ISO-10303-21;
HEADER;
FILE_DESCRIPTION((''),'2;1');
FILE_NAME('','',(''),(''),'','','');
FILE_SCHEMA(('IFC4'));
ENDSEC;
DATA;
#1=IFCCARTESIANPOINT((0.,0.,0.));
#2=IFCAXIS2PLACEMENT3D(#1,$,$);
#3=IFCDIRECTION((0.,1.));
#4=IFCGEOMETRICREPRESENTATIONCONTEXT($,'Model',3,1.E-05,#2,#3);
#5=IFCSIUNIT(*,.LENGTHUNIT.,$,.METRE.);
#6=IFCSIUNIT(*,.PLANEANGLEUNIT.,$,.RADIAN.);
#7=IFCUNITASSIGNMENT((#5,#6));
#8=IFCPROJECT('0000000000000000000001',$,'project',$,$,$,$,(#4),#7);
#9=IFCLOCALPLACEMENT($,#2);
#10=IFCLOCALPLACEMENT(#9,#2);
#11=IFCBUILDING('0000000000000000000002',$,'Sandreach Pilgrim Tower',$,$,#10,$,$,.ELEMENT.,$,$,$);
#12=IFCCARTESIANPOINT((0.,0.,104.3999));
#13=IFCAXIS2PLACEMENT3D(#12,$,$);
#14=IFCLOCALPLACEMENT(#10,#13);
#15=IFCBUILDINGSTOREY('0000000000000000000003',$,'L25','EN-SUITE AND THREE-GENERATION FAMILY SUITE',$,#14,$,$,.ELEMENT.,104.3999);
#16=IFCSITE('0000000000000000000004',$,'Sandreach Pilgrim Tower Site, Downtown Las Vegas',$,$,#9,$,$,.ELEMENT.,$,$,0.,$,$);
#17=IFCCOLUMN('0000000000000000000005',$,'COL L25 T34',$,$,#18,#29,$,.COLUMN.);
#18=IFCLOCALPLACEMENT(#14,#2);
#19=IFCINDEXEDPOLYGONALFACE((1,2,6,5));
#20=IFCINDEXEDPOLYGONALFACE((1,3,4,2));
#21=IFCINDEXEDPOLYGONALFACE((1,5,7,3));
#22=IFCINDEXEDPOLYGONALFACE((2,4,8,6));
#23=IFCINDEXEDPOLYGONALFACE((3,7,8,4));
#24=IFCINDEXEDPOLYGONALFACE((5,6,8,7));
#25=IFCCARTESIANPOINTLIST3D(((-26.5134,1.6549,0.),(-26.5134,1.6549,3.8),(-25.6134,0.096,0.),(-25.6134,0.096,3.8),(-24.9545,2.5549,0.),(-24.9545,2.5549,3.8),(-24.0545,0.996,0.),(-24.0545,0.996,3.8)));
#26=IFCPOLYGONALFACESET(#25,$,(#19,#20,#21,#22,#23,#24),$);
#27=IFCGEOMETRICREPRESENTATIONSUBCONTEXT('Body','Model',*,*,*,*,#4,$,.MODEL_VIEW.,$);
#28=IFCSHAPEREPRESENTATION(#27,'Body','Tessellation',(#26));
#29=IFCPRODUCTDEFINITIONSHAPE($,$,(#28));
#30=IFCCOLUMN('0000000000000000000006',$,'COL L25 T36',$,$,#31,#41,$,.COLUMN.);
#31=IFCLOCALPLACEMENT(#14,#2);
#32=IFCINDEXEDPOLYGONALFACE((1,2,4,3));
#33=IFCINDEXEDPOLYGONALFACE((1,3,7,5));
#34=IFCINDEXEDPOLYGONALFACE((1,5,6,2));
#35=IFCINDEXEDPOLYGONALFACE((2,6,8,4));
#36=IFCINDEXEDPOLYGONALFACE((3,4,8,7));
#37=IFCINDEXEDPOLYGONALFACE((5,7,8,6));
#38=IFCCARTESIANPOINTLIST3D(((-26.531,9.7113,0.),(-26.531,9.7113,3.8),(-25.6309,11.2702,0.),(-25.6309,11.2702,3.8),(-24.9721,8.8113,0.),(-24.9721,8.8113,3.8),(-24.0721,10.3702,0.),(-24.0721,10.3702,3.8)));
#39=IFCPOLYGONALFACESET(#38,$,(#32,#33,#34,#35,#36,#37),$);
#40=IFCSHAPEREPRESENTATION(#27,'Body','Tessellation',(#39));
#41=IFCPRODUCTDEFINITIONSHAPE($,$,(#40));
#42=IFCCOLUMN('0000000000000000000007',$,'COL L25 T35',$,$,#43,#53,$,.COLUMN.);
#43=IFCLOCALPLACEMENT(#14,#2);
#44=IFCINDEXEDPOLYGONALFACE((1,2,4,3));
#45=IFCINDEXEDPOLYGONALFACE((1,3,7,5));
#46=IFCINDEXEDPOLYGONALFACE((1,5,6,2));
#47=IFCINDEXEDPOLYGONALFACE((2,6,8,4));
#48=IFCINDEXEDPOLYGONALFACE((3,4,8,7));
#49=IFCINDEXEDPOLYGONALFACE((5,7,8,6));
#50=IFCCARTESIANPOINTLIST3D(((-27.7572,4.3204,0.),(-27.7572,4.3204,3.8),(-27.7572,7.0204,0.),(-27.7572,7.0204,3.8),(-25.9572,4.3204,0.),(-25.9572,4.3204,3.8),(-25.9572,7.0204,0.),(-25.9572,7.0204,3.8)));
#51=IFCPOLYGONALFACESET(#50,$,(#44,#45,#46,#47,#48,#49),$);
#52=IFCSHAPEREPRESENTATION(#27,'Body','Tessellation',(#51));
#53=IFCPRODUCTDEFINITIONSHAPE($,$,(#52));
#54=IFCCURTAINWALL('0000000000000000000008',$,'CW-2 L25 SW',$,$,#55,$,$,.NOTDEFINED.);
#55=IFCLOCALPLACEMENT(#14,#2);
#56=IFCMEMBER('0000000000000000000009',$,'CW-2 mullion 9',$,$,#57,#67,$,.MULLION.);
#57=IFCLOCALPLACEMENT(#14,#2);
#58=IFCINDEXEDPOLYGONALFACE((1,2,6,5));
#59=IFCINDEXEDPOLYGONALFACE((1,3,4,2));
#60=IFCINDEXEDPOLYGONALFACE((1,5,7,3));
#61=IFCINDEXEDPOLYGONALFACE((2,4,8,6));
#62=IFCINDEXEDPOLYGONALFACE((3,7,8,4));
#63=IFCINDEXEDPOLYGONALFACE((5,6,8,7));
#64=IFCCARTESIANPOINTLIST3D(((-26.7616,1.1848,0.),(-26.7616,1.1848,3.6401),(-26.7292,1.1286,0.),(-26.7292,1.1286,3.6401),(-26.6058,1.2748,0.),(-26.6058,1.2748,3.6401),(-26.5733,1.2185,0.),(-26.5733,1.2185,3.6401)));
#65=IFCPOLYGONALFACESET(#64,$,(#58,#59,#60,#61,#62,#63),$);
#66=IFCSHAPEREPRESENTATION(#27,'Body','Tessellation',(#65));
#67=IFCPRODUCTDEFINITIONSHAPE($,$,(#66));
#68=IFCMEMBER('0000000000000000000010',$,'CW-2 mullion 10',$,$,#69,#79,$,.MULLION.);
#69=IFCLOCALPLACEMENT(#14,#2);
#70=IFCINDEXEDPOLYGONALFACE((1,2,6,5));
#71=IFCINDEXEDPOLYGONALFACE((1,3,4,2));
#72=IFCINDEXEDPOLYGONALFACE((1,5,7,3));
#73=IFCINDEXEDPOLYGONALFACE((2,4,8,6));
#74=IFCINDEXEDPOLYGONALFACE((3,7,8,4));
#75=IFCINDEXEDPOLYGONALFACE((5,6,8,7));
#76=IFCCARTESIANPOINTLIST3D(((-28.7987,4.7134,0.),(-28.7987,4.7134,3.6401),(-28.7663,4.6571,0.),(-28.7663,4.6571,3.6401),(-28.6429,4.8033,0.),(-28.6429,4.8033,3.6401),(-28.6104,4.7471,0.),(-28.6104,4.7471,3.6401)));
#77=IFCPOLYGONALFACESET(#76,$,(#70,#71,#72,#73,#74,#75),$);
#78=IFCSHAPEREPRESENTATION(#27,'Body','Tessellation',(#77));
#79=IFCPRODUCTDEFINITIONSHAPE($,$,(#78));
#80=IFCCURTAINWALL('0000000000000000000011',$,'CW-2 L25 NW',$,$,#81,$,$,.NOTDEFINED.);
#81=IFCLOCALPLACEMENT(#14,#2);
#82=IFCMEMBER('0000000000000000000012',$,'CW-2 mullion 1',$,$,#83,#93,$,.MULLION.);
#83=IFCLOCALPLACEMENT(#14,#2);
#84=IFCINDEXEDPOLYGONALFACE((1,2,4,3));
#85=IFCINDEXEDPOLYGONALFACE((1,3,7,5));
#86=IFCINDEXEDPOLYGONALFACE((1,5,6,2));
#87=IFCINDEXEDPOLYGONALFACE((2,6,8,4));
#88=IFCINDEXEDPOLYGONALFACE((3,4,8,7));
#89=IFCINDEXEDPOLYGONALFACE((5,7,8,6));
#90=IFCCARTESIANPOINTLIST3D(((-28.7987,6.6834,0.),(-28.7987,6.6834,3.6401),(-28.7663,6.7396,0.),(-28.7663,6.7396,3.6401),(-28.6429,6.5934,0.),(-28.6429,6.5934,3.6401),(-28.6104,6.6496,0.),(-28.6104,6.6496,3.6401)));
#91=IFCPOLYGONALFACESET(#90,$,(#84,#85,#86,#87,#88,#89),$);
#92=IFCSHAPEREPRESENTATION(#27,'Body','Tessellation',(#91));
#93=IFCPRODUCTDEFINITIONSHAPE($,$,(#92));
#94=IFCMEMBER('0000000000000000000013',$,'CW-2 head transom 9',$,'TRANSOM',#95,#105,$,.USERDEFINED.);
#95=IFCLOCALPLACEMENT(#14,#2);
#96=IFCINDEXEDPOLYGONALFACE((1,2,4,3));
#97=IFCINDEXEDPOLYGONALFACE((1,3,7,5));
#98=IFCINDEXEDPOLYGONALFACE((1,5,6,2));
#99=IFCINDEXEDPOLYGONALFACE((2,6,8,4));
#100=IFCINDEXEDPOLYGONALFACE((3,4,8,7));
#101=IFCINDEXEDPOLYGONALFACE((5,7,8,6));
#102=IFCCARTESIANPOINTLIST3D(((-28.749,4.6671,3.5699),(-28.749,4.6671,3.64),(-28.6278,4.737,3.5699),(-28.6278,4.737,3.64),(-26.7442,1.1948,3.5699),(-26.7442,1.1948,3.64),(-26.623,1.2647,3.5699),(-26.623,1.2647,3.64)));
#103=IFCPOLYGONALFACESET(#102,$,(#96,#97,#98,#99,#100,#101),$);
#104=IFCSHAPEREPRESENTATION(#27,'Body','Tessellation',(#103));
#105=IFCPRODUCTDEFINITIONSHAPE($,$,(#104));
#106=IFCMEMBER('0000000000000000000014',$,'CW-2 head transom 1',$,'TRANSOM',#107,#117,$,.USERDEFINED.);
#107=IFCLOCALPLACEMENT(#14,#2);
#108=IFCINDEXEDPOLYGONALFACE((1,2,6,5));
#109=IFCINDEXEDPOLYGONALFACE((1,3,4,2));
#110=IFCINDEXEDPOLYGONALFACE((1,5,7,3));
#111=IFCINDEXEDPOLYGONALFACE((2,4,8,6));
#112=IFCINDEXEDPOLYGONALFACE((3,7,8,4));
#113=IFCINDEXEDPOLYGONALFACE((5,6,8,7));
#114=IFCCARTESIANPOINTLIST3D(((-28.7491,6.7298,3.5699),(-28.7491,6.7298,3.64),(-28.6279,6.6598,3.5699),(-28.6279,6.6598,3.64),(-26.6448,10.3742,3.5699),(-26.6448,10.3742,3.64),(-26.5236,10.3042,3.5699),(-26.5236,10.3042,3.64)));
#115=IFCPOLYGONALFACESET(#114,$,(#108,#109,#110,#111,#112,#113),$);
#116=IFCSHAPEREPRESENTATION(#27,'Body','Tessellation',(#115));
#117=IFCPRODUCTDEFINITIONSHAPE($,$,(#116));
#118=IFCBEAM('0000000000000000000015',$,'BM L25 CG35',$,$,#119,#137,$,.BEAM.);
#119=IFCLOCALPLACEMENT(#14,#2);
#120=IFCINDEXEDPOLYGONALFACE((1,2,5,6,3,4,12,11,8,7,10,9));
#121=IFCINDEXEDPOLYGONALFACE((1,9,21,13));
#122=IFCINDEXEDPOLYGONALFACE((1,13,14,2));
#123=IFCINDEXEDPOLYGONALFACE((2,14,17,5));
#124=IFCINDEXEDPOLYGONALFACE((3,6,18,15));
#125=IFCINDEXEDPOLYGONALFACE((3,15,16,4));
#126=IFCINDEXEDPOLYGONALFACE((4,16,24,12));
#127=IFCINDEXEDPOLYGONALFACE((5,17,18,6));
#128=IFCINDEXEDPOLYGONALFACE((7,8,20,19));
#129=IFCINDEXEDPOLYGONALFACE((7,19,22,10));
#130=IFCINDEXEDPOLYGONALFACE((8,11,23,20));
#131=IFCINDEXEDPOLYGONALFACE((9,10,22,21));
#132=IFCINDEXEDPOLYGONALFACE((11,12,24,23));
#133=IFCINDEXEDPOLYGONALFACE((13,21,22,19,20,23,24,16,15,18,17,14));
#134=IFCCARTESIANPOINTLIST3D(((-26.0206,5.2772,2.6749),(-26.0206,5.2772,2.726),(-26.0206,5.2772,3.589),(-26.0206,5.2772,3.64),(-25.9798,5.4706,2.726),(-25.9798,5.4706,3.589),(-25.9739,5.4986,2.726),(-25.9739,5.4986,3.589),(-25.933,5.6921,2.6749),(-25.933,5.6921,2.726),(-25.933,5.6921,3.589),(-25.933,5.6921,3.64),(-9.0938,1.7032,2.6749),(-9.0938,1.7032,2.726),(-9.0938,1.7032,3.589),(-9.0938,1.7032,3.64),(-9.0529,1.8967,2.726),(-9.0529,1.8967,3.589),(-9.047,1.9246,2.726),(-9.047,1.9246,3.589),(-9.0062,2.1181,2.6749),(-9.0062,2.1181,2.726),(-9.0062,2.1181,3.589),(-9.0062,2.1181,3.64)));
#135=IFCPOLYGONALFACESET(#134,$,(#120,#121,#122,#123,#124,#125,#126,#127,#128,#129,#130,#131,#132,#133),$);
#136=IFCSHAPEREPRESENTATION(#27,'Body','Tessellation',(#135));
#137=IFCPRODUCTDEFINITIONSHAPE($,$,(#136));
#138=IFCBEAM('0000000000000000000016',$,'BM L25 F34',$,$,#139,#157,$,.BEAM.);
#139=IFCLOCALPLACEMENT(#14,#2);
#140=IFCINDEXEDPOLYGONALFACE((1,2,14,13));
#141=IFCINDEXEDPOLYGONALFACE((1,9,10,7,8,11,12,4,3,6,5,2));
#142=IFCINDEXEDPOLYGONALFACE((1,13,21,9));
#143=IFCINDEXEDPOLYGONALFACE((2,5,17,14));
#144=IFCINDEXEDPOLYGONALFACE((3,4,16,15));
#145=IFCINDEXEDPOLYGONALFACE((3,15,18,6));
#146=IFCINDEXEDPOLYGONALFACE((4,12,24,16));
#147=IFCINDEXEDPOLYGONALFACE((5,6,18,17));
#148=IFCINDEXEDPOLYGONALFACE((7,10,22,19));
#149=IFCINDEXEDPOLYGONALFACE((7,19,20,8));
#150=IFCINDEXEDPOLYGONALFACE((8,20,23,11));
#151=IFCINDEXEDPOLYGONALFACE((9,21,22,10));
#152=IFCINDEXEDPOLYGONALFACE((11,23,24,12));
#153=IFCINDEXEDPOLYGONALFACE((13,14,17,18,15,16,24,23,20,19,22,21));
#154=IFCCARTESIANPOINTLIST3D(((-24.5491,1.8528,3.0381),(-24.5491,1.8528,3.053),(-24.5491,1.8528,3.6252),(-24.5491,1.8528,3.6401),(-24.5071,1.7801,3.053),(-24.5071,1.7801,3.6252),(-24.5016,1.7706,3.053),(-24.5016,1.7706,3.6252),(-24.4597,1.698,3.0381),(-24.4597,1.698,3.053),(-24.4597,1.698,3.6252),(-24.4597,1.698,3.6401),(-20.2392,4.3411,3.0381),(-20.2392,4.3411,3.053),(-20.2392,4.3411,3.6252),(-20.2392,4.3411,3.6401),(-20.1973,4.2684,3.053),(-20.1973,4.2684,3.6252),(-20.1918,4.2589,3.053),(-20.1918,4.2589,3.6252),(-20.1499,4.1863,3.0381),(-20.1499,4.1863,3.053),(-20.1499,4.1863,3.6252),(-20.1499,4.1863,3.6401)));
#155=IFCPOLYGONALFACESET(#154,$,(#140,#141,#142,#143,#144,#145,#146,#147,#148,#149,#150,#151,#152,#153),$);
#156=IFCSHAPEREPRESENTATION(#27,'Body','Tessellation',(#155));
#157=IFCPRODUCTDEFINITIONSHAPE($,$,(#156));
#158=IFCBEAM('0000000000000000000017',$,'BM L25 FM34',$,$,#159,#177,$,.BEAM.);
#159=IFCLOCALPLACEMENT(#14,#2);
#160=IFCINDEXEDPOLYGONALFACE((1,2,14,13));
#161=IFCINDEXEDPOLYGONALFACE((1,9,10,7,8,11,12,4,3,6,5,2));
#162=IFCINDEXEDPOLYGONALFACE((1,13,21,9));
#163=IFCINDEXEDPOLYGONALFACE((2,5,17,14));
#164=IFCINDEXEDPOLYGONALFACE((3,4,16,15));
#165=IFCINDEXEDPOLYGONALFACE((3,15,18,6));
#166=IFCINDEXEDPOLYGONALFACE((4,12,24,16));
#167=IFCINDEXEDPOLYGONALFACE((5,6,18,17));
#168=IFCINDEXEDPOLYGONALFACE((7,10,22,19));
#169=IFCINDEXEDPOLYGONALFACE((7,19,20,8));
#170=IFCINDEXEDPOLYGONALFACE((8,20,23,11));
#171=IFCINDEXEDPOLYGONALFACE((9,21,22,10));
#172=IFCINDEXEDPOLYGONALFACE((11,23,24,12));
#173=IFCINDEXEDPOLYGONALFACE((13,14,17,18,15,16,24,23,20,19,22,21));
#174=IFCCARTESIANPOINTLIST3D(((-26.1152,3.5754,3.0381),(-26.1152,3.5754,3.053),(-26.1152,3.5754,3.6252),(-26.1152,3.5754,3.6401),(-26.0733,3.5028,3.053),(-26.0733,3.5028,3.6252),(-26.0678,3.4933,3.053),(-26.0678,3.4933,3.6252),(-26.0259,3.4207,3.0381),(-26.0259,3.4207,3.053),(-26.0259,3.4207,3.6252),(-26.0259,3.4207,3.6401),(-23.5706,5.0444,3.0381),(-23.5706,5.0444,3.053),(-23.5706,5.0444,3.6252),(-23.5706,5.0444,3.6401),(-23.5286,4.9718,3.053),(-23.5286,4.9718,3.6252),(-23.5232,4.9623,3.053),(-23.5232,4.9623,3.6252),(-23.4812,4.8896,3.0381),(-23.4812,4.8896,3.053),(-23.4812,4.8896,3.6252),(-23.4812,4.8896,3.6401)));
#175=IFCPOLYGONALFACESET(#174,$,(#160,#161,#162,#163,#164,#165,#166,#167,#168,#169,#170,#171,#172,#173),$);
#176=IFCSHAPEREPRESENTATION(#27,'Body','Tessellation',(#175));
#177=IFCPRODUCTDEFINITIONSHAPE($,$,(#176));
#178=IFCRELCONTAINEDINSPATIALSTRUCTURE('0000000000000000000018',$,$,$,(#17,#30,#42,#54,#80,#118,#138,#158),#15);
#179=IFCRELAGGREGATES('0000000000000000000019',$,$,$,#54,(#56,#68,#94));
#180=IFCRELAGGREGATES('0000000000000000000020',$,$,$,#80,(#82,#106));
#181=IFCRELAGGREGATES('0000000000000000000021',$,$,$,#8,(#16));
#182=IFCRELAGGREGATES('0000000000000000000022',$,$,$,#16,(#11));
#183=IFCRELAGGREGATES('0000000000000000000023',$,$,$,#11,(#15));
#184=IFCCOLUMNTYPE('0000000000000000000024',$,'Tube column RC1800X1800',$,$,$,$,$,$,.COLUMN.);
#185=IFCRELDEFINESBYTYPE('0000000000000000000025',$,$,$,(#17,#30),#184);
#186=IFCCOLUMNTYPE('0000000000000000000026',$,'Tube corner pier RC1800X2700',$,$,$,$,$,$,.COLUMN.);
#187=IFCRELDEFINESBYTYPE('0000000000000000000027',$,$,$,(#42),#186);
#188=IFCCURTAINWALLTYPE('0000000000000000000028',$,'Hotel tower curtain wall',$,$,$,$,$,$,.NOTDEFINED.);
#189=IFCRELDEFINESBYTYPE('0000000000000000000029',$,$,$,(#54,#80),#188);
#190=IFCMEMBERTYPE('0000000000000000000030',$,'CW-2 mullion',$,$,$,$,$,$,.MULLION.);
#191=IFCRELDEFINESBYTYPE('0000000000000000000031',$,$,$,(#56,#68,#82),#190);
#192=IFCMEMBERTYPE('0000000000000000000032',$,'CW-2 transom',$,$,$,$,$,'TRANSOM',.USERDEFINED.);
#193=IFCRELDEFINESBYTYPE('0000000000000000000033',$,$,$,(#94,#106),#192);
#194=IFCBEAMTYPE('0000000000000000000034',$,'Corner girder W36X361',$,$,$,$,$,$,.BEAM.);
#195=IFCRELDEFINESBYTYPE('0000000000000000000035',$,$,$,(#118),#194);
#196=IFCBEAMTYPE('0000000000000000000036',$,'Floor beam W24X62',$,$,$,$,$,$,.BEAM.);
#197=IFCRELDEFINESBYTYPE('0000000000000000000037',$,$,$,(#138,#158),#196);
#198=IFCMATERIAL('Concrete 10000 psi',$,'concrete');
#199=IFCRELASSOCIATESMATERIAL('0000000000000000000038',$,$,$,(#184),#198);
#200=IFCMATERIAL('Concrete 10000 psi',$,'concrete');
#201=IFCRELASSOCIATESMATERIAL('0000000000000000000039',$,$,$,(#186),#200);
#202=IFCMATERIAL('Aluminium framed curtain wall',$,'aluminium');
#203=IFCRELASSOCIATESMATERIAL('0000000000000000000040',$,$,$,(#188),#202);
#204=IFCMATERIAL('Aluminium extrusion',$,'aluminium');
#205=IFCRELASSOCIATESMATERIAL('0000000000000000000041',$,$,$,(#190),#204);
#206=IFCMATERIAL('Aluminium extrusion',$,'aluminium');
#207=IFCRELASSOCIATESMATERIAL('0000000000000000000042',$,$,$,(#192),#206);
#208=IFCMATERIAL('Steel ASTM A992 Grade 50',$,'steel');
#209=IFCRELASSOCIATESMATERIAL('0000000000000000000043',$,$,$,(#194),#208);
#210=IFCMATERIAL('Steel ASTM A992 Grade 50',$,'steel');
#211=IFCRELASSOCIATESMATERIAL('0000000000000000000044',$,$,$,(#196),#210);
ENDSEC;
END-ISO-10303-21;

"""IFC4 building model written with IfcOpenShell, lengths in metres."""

from ifc_helpers import new_model, si_unit, direction, frame, origin, origin_2d, place, context, subcontext, project, spatial, rectangle, i_section, extrude, material, material_profile, profile_set, type_object, element, aggregate, save


model = new_model("IFC4")

# Units and contexts
model_context = context("Model", 3, precision=1e-05, world=origin(), true_north=direction((0.0, 1.0)))
body_context = subcontext(model_context, "Body", "Model", "MODEL_VIEW")
ifc_project = project(units=[si_unit("LENGTHUNIT", "METRE"), si_unit("PLANEANGLEUNIT", "RADIAN")], contexts=[model_context])

# Site, building, storey
site_placement = place(None, origin())
site = spatial("IfcSite", under=ifc_project, at=site_placement, Name="Sandreach Pilgrim Tower Site, Downtown Las Vegas", CompositionType="ELEMENT", RefElevation=0.0)
building_placement = place(site_placement, origin())
building = spatial("IfcBuilding", under=site, at=building_placement, Name="Sandreach Pilgrim Tower", CompositionType="ELEMENT")
storey_placement = place(building_placement, frame((0.0, 0.0, 104.3999)))
storey = spatial("IfcBuildingStorey", under=building, at=storey_placement, Name="L25", Description="EN-SUITE AND THREE-GENERATION FAMILY SUITE", CompositionType="ELEMENT", Elevation=104.3999)

# Columns
ifc_material_1 = material(Name="Concrete 10000 psi", Category="concrete")
ifc_material_profile_1 = material_profile(ifc_material_1, rectangle(XDim=1.8, YDim=1.8, at=origin_2d()), Name="RC1800X1800")
ifc_profile_set_1 = profile_set([ifc_material_profile_1], Name="Concrete 10000 psi")
column_type_1 = type_object("IfcColumnType", Name="Tube column RC1800X1800", PredefinedType="COLUMN", material=ifc_profile_set_1)
for number, where, z_axis, x_axis, name in (
    (1, (-25.2839, 1.3254, 0.0), (0.0, 0.0, 1.0), (-0.866025, -0.5, 0.0), "COL L25 T34"),
    (2, (-25.3015, 10.0408, 0.0), (0.0, 0.0, 1.0), (-0.866025, 0.5, 0.0), "COL L25 T36"),
):
    element("IfcColumn", number, at=place(storey_placement, frame(where, z_axis=z_axis, x_axis=x_axis)), inside=storey, type_object=column_type_1, Name=name, PredefinedType="COLUMN", context=body_context, shape_type="SweptSolid", body=[
        extrude(rectangle(XDim=1.8, YDim=1.8, at=origin_2d()), origin(), (0.0, 0.0, 1.0), 3.8),
    ])
ifc_material_2 = material(Name="Concrete 10000 psi", Category="concrete")
ifc_material_profile_2 = material_profile(ifc_material_2, rectangle(XDim=1.8, YDim=2.7, at=origin_2d()), Name="RC1800X2700")
ifc_profile_set_2 = profile_set([ifc_material_profile_2], Name="Concrete 10000 psi")
column_type_2 = type_object("IfcColumnType", Name="Tube corner pier RC1800X2700", PredefinedType="COLUMN", material=ifc_profile_set_2)
column_placement = place(storey_placement, frame((-26.8572, 5.6704, 0.0), z_axis=(0.0, 0.0, 1.0), x_axis=(-1.0, 0.0, 0.0)))
element("IfcColumn", 3, at=column_placement, inside=storey, type_object=column_type_2, Name="COL L25 T35", PredefinedType="COLUMN", context=body_context, shape_type="SweptSolid", body=[
    extrude(rectangle(XDim=1.8, YDim=2.7, at=origin_2d()), origin(), (0.0, 0.0, 1.0), 3.8),
])

# Curtain wall, members
ifc_material_3 = material(Name="Aluminium framed curtain wall", Category="aluminium")
curtain_wall_type = type_object("IfcCurtainWallType", Name="Hotel tower curtain wall", PredefinedType="NOTDEFINED", material=ifc_material_3)
curtain_wall_1_placement = place(storey_placement, origin())
curtain_wall_1 = element("IfcCurtainWall", 4, at=curtain_wall_1_placement, inside=storey, type_object=curtain_wall_type, Name="CW-2 L25 SW", PredefinedType="NOTDEFINED")
ifc_material_4 = material(Name="Aluminium extrusion", Category="aluminium")
ifc_material_profile_3 = material_profile(ifc_material_4, rectangle(XDim=0.0649, YDim=0.1799, at=origin_2d()), Name="CW-2M 65X180")
ifc_profile_set_3 = profile_set([ifc_material_profile_3], Name="Aluminium extrusion")
member_type_1 = type_object("IfcMemberType", Name="CW-2 mullion", PredefinedType="MULLION", material=ifc_profile_set_3)
member_1_placement = place(storey_placement, frame((-26.6675, 1.2017, 0.0), z_axis=(0.0, 0.0, 1.0), x_axis=(-0.5, 0.866025, 0.0)))
member_1 = element("IfcMember", 5, at=member_1_placement, type_object=member_type_1, Name="CW-2 mullion 9", PredefinedType="MULLION", context=body_context, shape_type="SweptSolid", body=[
    extrude(rectangle(XDim=0.0649, YDim=0.1799, at=origin_2d()), origin(), (0.0, 0.0, 1.0), 3.6401),
])
member_2_placement = place(storey_placement, frame((-28.7046, 4.7302, 0.0), z_axis=(0.0, 0.0, 1.0), x_axis=(-0.5, 0.866025, 0.0)))
member_2 = element("IfcMember", 6, at=member_2_placement, type_object=member_type_1, Name="CW-2 mullion 10", PredefinedType="MULLION", context=body_context, shape_type="SweptSolid", body=[
    extrude(rectangle(XDim=0.0649, YDim=0.1799, at=origin_2d()), origin(), (0.0, 0.0, 1.0), 3.6401),
])

# Curtain wall, member
curtain_wall_2_placement = place(storey_placement, origin())
curtain_wall_2 = element("IfcCurtainWall", 7, at=curtain_wall_2_placement, inside=storey, type_object=curtain_wall_type, Name="CW-2 L25 NW", PredefinedType="NOTDEFINED")
member_3_placement = place(storey_placement, frame((-28.7046, 6.6665, 0.0), z_axis=(0.0, 0.0, 1.0), x_axis=(0.5, 0.866025, 0.0)))
member_3 = element("IfcMember", 8, at=member_3_placement, type_object=member_type_1, Name="CW-2 mullion 1", PredefinedType="MULLION", context=body_context, shape_type="SweptSolid", body=[
    extrude(rectangle(XDim=0.0649, YDim=0.1799, at=origin_2d()), origin(), (0.0, 0.0, 1.0), 3.6401),
])

# Members
ifc_material_5 = material(Name="Aluminium extrusion", Category="aluminium")
ifc_material_profile_4 = material_profile(ifc_material_5, rectangle(XDim=0.1399, YDim=0.0701, at=origin_2d()), Name="CW-2T 140X70")
ifc_profile_set_4 = profile_set([ifc_material_profile_4], Name="Aluminium extrusion")
member_type_2 = type_object("IfcMemberType", Name="CW-2 transom", ElementType="TRANSOM", PredefinedType="USERDEFINED", material=ifc_profile_set_4)
member_4_placement = place(storey_placement, frame((-26.6836, 1.2297, 3.605), z_axis=(-0.500016, 0.866016, 0.0), x_axis=(-0.866016, -0.500016, 0.0)))
member_4 = element("IfcMember", 9, at=member_4_placement, type_object=member_type_2, Name="CW-2 head transom 9", ObjectType="TRANSOM", PredefinedType="USERDEFINED", context=body_context, shape_type="SweptSolid", body=[
    extrude(rectangle(XDim=0.1399, YDim=0.0701, at=origin_2d()), origin(), (0.0, 0.0, 1.0), 4.0095),
])
member_5_placement = place(storey_placement, frame((-28.6885, 6.6948, 3.605), z_axis=(0.500039, 0.866003, 0.0), x_axis=(-0.866003, 0.500039, 0.0)))
member_5 = element("IfcMember", 10, at=member_5_placement, type_object=member_type_2, Name="CW-2 head transom 1", ObjectType="TRANSOM", PredefinedType="USERDEFINED", context=body_context, shape_type="SweptSolid", body=[
    extrude(rectangle(XDim=0.1399, YDim=0.0701, at=origin_2d()), origin(), (0.0, 0.0, 1.0), 4.2083),
])

# Beams
ifc_material_6 = material(Name="Steel ASTM A992 Grade 50", Category="steel")
ifc_material_profile_5 = material_profile(ifc_material_6, i_section(OverallWidth=0.4241, OverallDepth=0.9651, WebThickness=0.0286, FlangeThickness=0.051, at=origin_2d()), Name="W36X361")
ifc_profile_set_5 = profile_set([ifc_material_profile_5], Name="Steel ASTM A992 Grade 50")
beam_type_1 = type_object("IfcBeamType", Name="Corner girder W36X361", PredefinedType="BEAM", material=ifc_profile_set_5)
beam_1_placement = place(storey_placement, frame((-25.9768, 5.4846, 3.1575), z_axis=(0.978428, -0.206589, 0.0), x_axis=(0.206589, 0.978428, 0.0)))
element("IfcBeam", 11, at=beam_1_placement, inside=storey, type_object=beam_type_1, Name="BM L25 CG35", PredefinedType="BEAM", context=body_context, shape_type="SweptSolid", body=[
    extrude(i_section(OverallWidth=0.4241, OverallDepth=0.9651, WebThickness=0.0286, FlangeThickness=0.051, at=origin_2d()), origin(), (0.0, 0.0, 1.0), 17.3),
])
ifc_material_7 = material(Name="Steel ASTM A992 Grade 50", Category="steel")
ifc_material_profile_6 = material_profile(ifc_material_7, i_section(OverallWidth=0.1787, OverallDepth=0.6021, WebThickness=0.011, FlangeThickness=0.0149, at=origin_2d()), Name="W24X62")
ifc_profile_set_6 = profile_set([ifc_material_profile_6], Name="Steel ASTM A992 Grade 50")
beam_type_2 = type_object("IfcBeamType", Name="Floor beam W24X62", PredefinedType="BEAM", material=ifc_profile_set_6)
beam_2_placement = place(storey_placement, frame((-24.5044, 1.7754, 3.3391), z_axis=(0.866025, 0.500001, 0.0), x_axis=(-0.500001, 0.866025, 0.0)))
element("IfcBeam", 12, at=beam_2_placement, inside=storey, type_object=beam_type_2, Name="BM L25 F34", PredefinedType="BEAM", context=body_context, shape_type="SweptSolid", body=[
    extrude(i_section(OverallWidth=0.1787, OverallDepth=0.6021, WebThickness=0.011, FlangeThickness=0.0149, at=origin_2d()), origin(), (0.0, 0.0, 1.0), 4.9766),
])
beam_3_placement = place(storey_placement, frame((-26.0706, 3.498, 3.3391), z_axis=(0.866051, 0.499955, 0.0), x_axis=(-0.499955, 0.866051, 0.0)))
element("IfcBeam", 13, at=beam_3_placement, inside=storey, type_object=beam_type_2, Name="BM L25 FM34", PredefinedType="BEAM", context=body_context, shape_type="SweptSolid", body=[
    extrude(i_section(OverallWidth=0.1787, OverallDepth=0.6021, WebThickness=0.011, FlangeThickness=0.0149, at=origin_2d()), origin(), (0.0, 0.0, 1.0), 2.9382),
])

aggregate(curtain_wall_1, [member_1, member_2, member_4])
aggregate(curtain_wall_2, [member_3, member_5])

save(model, "model.ifc")
